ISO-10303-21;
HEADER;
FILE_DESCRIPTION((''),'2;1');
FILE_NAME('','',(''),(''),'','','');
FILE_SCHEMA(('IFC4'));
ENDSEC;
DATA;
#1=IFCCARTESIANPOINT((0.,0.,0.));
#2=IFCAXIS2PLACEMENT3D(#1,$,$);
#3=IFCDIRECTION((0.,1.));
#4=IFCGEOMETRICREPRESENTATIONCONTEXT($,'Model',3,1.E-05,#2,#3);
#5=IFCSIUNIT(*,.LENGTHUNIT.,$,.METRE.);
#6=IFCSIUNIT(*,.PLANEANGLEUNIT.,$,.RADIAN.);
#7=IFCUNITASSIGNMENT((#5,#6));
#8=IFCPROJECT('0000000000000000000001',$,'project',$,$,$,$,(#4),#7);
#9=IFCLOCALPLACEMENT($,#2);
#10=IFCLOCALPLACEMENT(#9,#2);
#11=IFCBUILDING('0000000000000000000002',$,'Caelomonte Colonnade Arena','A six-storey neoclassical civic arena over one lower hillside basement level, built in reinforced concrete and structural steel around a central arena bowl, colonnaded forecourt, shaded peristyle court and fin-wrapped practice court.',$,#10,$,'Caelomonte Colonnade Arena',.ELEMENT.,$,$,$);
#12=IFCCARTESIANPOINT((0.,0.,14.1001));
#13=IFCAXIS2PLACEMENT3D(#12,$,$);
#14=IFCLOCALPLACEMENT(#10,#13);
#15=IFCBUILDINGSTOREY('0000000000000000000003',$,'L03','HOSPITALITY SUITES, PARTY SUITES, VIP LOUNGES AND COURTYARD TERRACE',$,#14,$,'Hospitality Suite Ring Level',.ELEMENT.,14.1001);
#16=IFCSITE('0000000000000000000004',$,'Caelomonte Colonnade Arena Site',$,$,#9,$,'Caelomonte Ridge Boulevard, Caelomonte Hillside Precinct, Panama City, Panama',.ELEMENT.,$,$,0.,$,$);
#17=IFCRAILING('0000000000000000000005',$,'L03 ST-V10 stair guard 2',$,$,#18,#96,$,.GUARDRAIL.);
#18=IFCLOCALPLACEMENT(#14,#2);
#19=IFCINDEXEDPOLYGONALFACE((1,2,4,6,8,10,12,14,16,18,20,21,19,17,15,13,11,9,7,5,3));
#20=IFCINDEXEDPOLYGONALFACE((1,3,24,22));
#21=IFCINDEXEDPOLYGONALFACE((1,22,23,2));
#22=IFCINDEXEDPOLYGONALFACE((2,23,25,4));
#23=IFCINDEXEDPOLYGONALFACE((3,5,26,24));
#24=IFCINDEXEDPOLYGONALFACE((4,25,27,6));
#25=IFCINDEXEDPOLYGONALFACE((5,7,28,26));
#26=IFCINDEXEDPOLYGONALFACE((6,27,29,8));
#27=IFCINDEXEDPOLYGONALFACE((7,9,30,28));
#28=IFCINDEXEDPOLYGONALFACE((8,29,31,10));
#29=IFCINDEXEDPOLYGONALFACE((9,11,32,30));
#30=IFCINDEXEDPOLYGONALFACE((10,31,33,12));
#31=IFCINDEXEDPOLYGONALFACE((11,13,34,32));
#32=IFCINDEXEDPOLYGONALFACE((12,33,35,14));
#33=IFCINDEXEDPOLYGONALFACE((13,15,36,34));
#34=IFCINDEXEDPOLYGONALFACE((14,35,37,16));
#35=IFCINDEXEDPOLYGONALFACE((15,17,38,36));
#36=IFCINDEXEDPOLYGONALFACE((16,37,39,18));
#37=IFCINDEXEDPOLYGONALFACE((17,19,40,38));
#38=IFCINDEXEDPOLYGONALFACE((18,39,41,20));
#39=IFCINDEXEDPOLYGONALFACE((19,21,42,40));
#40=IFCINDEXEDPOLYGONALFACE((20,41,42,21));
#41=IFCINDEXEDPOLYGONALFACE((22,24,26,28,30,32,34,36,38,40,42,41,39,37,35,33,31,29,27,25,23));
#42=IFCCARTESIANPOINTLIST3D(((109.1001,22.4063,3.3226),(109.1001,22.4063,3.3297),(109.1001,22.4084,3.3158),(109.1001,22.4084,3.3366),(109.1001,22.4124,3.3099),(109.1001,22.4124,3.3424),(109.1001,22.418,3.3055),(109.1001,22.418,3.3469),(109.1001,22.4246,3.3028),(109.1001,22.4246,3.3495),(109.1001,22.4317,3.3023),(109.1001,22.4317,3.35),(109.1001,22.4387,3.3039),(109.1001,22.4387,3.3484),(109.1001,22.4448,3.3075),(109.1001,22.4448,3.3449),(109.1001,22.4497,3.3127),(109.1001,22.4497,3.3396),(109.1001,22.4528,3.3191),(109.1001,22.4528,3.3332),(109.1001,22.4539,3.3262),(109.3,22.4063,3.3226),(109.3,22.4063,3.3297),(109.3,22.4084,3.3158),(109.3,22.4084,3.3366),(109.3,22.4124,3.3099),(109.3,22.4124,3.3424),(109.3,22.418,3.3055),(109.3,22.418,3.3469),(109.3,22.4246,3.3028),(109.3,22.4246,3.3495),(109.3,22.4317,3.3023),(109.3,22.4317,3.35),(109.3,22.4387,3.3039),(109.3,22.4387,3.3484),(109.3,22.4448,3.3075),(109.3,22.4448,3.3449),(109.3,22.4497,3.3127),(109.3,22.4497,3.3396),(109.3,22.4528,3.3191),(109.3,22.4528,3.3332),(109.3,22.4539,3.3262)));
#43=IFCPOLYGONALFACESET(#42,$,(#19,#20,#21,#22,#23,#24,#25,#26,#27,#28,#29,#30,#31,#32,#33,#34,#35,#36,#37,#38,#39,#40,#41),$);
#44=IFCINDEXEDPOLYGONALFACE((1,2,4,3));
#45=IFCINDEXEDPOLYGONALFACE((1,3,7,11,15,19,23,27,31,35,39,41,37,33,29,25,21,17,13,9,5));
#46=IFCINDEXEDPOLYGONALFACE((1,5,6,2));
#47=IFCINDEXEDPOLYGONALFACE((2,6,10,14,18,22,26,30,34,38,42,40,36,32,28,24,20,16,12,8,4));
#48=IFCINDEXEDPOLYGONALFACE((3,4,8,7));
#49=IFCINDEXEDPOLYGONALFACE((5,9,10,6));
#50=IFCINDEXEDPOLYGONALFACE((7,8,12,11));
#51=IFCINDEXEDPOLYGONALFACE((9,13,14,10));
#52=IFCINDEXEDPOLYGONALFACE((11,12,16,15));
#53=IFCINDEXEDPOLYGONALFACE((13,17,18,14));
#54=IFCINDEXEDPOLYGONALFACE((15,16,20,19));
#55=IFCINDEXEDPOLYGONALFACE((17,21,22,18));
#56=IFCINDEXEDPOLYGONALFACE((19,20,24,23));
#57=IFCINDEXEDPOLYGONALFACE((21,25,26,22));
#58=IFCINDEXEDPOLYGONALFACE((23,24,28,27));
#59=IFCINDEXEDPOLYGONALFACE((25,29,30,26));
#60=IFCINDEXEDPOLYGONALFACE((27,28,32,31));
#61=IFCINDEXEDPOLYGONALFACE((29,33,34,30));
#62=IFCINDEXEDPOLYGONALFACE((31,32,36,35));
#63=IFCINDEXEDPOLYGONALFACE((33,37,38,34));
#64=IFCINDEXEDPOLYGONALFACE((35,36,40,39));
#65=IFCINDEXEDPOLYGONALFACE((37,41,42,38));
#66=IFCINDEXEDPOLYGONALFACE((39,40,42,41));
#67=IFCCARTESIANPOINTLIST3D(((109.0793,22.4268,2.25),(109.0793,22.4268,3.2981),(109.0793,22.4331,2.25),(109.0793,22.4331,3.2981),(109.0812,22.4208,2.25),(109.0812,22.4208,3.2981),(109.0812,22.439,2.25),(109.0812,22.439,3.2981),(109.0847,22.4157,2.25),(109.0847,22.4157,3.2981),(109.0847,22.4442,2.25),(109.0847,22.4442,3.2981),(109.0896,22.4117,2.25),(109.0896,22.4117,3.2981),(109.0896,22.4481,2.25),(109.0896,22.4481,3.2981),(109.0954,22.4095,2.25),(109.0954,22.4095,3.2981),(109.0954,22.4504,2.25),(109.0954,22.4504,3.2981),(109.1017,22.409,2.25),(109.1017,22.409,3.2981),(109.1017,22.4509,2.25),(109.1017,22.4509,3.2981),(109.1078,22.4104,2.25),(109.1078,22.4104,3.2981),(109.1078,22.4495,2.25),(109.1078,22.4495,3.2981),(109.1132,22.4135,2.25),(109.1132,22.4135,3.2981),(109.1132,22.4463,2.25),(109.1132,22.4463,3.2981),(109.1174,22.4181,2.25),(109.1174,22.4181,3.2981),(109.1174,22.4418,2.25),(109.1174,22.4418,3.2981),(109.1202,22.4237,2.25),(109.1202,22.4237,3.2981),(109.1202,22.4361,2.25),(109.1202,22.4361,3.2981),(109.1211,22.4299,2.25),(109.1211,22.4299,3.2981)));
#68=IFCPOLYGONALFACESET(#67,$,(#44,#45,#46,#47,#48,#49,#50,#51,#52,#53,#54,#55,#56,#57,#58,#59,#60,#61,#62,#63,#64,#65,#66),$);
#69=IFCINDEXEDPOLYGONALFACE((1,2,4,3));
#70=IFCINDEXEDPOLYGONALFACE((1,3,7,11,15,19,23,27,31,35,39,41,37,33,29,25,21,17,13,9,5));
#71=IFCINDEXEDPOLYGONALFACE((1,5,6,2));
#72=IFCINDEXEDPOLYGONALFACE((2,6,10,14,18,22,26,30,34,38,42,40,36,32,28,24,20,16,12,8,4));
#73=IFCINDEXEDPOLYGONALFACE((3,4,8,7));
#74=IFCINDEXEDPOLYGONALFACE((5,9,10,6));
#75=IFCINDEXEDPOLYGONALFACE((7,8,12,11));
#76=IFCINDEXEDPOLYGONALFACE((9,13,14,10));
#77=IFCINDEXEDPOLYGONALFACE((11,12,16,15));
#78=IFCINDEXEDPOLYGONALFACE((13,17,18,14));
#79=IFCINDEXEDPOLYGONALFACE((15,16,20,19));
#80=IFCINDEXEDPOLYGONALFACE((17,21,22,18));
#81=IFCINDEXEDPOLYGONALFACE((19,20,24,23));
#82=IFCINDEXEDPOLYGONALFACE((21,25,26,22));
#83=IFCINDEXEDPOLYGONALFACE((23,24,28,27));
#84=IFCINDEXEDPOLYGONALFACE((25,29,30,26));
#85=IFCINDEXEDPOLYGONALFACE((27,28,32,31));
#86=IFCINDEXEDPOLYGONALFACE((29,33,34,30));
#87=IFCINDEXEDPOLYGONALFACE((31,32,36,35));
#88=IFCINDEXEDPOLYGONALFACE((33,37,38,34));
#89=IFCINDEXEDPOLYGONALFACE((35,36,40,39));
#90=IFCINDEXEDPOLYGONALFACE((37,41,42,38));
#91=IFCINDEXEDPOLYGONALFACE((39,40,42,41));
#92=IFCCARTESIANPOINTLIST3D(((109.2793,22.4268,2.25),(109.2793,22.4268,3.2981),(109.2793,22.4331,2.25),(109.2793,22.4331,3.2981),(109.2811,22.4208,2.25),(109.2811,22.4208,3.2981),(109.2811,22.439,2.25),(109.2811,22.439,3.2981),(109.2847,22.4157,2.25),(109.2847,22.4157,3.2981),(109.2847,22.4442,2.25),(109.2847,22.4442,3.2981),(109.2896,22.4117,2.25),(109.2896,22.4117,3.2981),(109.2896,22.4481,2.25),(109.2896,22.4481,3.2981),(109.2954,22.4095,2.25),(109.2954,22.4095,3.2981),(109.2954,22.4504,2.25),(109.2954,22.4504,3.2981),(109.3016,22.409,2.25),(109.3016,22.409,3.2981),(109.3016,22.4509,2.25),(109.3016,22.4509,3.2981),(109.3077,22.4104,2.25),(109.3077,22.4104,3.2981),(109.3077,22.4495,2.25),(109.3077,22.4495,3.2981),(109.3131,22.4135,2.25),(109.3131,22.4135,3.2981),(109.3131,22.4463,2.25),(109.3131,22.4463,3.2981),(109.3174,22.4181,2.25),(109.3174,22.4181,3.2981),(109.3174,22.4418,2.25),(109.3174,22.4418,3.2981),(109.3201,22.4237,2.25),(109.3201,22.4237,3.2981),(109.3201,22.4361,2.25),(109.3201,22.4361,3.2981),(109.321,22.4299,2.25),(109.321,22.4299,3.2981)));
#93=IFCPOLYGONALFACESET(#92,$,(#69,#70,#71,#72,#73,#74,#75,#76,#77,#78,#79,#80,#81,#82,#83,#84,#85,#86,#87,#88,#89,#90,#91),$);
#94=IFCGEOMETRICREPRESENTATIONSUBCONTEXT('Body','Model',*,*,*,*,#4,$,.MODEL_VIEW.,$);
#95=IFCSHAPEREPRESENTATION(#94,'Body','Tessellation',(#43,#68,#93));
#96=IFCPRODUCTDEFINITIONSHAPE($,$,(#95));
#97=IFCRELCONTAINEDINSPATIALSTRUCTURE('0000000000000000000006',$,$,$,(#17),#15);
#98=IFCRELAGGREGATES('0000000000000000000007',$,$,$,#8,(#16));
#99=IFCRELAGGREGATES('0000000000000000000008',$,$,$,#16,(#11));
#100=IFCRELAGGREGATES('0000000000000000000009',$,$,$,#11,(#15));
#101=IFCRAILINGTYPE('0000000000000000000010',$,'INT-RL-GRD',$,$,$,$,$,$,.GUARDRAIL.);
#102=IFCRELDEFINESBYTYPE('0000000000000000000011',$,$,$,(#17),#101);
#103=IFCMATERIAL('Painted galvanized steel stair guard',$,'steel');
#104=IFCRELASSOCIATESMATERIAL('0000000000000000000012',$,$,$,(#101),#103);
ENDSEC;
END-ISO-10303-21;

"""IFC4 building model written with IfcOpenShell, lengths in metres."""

from ifc_helpers import new_model, si_unit, direction, frame, origin, origin_2d, place, context, subcontext, project, spatial, circle, extrude, material, type_object, element, save


model = new_model("IFC4")

# Units and contexts
model_context = context("Model", 3, precision=1e-05, world=origin(), true_north=direction((0.0, 1.0)))
body_context = subcontext(model_context, "Body", "Model", "MODEL_VIEW")
ifc_project = project(units=[si_unit("LENGTHUNIT", "METRE"), si_unit("PLANEANGLEUNIT", "RADIAN")], contexts=[model_context])

# Site, building, storey
site_placement = place(None, origin())
site = spatial("IfcSite", under=ifc_project, at=site_placement, Name="Caelomonte Colonnade Arena Site", LongName="Caelomonte Ridge Boulevard, Caelomonte Hillside Precinct, Panama City, Panama", CompositionType="ELEMENT", RefElevation=0.0)
building_placement = place(site_placement, origin())
building = spatial("IfcBuilding", under=site, at=building_placement, Name="Caelomonte Colonnade Arena", Description="A six-storey neoclassical civic arena over one lower hillside basement level, built in reinforced concrete and structural steel around a central arena bowl, colonnaded forecourt, shaded peristyle court and fin-wrapped practice court.", LongName="Caelomonte Colonnade Arena", CompositionType="ELEMENT")
storey_placement = place(building_placement, frame((0.0, 0.0, 14.1001)))
storey = spatial("IfcBuildingStorey", under=building, at=storey_placement, Name="L03", Description="HOSPITALITY SUITES, PARTY SUITES, VIP LOUNGES AND COURTYARD TERRACE", LongName="Hospitality Suite Ring Level", CompositionType="ELEMENT", Elevation=14.1001)

# Railing
ifc_material_1 = material(Name="Painted galvanized steel stair guard", Category="steel")
railing_type_1 = type_object("IfcRailingType", Name="INT-RL-GRD", PredefinedType="GUARDRAIL", material=ifc_material_1)
railing_1_placement = place(storey_placement, frame((109.1001, 22.4299, 2.25)))
element("IfcRailing", 1, at=railing_1_placement, inside=storey, type_object=railing_type_1, Name="L03 ST-V10 stair guard 2", PredefinedType="GUARDRAIL", context=body_context, shape_type="SweptSolid", body=[
    extrude(circle(Radius=0.0239, at=origin_2d()), frame((0.0, 0.0, 1.0762), z_axis=(1.0, 0.0, 0.0), x_axis=(0.0, 1.0, 0.0)), (0.0, 0.0, 1.0), 0.2),
    extrude(circle(Radius=0.021, at=origin_2d()), origin(), (0.0, 0.0, 1.0), 1.0481),
    extrude(circle(Radius=0.021, at=origin_2d()), frame((0.2, 0.0, 0.0)), (0.0, 0.0, 1.0), 1.0481),
])

save(model, "model.ifc")
